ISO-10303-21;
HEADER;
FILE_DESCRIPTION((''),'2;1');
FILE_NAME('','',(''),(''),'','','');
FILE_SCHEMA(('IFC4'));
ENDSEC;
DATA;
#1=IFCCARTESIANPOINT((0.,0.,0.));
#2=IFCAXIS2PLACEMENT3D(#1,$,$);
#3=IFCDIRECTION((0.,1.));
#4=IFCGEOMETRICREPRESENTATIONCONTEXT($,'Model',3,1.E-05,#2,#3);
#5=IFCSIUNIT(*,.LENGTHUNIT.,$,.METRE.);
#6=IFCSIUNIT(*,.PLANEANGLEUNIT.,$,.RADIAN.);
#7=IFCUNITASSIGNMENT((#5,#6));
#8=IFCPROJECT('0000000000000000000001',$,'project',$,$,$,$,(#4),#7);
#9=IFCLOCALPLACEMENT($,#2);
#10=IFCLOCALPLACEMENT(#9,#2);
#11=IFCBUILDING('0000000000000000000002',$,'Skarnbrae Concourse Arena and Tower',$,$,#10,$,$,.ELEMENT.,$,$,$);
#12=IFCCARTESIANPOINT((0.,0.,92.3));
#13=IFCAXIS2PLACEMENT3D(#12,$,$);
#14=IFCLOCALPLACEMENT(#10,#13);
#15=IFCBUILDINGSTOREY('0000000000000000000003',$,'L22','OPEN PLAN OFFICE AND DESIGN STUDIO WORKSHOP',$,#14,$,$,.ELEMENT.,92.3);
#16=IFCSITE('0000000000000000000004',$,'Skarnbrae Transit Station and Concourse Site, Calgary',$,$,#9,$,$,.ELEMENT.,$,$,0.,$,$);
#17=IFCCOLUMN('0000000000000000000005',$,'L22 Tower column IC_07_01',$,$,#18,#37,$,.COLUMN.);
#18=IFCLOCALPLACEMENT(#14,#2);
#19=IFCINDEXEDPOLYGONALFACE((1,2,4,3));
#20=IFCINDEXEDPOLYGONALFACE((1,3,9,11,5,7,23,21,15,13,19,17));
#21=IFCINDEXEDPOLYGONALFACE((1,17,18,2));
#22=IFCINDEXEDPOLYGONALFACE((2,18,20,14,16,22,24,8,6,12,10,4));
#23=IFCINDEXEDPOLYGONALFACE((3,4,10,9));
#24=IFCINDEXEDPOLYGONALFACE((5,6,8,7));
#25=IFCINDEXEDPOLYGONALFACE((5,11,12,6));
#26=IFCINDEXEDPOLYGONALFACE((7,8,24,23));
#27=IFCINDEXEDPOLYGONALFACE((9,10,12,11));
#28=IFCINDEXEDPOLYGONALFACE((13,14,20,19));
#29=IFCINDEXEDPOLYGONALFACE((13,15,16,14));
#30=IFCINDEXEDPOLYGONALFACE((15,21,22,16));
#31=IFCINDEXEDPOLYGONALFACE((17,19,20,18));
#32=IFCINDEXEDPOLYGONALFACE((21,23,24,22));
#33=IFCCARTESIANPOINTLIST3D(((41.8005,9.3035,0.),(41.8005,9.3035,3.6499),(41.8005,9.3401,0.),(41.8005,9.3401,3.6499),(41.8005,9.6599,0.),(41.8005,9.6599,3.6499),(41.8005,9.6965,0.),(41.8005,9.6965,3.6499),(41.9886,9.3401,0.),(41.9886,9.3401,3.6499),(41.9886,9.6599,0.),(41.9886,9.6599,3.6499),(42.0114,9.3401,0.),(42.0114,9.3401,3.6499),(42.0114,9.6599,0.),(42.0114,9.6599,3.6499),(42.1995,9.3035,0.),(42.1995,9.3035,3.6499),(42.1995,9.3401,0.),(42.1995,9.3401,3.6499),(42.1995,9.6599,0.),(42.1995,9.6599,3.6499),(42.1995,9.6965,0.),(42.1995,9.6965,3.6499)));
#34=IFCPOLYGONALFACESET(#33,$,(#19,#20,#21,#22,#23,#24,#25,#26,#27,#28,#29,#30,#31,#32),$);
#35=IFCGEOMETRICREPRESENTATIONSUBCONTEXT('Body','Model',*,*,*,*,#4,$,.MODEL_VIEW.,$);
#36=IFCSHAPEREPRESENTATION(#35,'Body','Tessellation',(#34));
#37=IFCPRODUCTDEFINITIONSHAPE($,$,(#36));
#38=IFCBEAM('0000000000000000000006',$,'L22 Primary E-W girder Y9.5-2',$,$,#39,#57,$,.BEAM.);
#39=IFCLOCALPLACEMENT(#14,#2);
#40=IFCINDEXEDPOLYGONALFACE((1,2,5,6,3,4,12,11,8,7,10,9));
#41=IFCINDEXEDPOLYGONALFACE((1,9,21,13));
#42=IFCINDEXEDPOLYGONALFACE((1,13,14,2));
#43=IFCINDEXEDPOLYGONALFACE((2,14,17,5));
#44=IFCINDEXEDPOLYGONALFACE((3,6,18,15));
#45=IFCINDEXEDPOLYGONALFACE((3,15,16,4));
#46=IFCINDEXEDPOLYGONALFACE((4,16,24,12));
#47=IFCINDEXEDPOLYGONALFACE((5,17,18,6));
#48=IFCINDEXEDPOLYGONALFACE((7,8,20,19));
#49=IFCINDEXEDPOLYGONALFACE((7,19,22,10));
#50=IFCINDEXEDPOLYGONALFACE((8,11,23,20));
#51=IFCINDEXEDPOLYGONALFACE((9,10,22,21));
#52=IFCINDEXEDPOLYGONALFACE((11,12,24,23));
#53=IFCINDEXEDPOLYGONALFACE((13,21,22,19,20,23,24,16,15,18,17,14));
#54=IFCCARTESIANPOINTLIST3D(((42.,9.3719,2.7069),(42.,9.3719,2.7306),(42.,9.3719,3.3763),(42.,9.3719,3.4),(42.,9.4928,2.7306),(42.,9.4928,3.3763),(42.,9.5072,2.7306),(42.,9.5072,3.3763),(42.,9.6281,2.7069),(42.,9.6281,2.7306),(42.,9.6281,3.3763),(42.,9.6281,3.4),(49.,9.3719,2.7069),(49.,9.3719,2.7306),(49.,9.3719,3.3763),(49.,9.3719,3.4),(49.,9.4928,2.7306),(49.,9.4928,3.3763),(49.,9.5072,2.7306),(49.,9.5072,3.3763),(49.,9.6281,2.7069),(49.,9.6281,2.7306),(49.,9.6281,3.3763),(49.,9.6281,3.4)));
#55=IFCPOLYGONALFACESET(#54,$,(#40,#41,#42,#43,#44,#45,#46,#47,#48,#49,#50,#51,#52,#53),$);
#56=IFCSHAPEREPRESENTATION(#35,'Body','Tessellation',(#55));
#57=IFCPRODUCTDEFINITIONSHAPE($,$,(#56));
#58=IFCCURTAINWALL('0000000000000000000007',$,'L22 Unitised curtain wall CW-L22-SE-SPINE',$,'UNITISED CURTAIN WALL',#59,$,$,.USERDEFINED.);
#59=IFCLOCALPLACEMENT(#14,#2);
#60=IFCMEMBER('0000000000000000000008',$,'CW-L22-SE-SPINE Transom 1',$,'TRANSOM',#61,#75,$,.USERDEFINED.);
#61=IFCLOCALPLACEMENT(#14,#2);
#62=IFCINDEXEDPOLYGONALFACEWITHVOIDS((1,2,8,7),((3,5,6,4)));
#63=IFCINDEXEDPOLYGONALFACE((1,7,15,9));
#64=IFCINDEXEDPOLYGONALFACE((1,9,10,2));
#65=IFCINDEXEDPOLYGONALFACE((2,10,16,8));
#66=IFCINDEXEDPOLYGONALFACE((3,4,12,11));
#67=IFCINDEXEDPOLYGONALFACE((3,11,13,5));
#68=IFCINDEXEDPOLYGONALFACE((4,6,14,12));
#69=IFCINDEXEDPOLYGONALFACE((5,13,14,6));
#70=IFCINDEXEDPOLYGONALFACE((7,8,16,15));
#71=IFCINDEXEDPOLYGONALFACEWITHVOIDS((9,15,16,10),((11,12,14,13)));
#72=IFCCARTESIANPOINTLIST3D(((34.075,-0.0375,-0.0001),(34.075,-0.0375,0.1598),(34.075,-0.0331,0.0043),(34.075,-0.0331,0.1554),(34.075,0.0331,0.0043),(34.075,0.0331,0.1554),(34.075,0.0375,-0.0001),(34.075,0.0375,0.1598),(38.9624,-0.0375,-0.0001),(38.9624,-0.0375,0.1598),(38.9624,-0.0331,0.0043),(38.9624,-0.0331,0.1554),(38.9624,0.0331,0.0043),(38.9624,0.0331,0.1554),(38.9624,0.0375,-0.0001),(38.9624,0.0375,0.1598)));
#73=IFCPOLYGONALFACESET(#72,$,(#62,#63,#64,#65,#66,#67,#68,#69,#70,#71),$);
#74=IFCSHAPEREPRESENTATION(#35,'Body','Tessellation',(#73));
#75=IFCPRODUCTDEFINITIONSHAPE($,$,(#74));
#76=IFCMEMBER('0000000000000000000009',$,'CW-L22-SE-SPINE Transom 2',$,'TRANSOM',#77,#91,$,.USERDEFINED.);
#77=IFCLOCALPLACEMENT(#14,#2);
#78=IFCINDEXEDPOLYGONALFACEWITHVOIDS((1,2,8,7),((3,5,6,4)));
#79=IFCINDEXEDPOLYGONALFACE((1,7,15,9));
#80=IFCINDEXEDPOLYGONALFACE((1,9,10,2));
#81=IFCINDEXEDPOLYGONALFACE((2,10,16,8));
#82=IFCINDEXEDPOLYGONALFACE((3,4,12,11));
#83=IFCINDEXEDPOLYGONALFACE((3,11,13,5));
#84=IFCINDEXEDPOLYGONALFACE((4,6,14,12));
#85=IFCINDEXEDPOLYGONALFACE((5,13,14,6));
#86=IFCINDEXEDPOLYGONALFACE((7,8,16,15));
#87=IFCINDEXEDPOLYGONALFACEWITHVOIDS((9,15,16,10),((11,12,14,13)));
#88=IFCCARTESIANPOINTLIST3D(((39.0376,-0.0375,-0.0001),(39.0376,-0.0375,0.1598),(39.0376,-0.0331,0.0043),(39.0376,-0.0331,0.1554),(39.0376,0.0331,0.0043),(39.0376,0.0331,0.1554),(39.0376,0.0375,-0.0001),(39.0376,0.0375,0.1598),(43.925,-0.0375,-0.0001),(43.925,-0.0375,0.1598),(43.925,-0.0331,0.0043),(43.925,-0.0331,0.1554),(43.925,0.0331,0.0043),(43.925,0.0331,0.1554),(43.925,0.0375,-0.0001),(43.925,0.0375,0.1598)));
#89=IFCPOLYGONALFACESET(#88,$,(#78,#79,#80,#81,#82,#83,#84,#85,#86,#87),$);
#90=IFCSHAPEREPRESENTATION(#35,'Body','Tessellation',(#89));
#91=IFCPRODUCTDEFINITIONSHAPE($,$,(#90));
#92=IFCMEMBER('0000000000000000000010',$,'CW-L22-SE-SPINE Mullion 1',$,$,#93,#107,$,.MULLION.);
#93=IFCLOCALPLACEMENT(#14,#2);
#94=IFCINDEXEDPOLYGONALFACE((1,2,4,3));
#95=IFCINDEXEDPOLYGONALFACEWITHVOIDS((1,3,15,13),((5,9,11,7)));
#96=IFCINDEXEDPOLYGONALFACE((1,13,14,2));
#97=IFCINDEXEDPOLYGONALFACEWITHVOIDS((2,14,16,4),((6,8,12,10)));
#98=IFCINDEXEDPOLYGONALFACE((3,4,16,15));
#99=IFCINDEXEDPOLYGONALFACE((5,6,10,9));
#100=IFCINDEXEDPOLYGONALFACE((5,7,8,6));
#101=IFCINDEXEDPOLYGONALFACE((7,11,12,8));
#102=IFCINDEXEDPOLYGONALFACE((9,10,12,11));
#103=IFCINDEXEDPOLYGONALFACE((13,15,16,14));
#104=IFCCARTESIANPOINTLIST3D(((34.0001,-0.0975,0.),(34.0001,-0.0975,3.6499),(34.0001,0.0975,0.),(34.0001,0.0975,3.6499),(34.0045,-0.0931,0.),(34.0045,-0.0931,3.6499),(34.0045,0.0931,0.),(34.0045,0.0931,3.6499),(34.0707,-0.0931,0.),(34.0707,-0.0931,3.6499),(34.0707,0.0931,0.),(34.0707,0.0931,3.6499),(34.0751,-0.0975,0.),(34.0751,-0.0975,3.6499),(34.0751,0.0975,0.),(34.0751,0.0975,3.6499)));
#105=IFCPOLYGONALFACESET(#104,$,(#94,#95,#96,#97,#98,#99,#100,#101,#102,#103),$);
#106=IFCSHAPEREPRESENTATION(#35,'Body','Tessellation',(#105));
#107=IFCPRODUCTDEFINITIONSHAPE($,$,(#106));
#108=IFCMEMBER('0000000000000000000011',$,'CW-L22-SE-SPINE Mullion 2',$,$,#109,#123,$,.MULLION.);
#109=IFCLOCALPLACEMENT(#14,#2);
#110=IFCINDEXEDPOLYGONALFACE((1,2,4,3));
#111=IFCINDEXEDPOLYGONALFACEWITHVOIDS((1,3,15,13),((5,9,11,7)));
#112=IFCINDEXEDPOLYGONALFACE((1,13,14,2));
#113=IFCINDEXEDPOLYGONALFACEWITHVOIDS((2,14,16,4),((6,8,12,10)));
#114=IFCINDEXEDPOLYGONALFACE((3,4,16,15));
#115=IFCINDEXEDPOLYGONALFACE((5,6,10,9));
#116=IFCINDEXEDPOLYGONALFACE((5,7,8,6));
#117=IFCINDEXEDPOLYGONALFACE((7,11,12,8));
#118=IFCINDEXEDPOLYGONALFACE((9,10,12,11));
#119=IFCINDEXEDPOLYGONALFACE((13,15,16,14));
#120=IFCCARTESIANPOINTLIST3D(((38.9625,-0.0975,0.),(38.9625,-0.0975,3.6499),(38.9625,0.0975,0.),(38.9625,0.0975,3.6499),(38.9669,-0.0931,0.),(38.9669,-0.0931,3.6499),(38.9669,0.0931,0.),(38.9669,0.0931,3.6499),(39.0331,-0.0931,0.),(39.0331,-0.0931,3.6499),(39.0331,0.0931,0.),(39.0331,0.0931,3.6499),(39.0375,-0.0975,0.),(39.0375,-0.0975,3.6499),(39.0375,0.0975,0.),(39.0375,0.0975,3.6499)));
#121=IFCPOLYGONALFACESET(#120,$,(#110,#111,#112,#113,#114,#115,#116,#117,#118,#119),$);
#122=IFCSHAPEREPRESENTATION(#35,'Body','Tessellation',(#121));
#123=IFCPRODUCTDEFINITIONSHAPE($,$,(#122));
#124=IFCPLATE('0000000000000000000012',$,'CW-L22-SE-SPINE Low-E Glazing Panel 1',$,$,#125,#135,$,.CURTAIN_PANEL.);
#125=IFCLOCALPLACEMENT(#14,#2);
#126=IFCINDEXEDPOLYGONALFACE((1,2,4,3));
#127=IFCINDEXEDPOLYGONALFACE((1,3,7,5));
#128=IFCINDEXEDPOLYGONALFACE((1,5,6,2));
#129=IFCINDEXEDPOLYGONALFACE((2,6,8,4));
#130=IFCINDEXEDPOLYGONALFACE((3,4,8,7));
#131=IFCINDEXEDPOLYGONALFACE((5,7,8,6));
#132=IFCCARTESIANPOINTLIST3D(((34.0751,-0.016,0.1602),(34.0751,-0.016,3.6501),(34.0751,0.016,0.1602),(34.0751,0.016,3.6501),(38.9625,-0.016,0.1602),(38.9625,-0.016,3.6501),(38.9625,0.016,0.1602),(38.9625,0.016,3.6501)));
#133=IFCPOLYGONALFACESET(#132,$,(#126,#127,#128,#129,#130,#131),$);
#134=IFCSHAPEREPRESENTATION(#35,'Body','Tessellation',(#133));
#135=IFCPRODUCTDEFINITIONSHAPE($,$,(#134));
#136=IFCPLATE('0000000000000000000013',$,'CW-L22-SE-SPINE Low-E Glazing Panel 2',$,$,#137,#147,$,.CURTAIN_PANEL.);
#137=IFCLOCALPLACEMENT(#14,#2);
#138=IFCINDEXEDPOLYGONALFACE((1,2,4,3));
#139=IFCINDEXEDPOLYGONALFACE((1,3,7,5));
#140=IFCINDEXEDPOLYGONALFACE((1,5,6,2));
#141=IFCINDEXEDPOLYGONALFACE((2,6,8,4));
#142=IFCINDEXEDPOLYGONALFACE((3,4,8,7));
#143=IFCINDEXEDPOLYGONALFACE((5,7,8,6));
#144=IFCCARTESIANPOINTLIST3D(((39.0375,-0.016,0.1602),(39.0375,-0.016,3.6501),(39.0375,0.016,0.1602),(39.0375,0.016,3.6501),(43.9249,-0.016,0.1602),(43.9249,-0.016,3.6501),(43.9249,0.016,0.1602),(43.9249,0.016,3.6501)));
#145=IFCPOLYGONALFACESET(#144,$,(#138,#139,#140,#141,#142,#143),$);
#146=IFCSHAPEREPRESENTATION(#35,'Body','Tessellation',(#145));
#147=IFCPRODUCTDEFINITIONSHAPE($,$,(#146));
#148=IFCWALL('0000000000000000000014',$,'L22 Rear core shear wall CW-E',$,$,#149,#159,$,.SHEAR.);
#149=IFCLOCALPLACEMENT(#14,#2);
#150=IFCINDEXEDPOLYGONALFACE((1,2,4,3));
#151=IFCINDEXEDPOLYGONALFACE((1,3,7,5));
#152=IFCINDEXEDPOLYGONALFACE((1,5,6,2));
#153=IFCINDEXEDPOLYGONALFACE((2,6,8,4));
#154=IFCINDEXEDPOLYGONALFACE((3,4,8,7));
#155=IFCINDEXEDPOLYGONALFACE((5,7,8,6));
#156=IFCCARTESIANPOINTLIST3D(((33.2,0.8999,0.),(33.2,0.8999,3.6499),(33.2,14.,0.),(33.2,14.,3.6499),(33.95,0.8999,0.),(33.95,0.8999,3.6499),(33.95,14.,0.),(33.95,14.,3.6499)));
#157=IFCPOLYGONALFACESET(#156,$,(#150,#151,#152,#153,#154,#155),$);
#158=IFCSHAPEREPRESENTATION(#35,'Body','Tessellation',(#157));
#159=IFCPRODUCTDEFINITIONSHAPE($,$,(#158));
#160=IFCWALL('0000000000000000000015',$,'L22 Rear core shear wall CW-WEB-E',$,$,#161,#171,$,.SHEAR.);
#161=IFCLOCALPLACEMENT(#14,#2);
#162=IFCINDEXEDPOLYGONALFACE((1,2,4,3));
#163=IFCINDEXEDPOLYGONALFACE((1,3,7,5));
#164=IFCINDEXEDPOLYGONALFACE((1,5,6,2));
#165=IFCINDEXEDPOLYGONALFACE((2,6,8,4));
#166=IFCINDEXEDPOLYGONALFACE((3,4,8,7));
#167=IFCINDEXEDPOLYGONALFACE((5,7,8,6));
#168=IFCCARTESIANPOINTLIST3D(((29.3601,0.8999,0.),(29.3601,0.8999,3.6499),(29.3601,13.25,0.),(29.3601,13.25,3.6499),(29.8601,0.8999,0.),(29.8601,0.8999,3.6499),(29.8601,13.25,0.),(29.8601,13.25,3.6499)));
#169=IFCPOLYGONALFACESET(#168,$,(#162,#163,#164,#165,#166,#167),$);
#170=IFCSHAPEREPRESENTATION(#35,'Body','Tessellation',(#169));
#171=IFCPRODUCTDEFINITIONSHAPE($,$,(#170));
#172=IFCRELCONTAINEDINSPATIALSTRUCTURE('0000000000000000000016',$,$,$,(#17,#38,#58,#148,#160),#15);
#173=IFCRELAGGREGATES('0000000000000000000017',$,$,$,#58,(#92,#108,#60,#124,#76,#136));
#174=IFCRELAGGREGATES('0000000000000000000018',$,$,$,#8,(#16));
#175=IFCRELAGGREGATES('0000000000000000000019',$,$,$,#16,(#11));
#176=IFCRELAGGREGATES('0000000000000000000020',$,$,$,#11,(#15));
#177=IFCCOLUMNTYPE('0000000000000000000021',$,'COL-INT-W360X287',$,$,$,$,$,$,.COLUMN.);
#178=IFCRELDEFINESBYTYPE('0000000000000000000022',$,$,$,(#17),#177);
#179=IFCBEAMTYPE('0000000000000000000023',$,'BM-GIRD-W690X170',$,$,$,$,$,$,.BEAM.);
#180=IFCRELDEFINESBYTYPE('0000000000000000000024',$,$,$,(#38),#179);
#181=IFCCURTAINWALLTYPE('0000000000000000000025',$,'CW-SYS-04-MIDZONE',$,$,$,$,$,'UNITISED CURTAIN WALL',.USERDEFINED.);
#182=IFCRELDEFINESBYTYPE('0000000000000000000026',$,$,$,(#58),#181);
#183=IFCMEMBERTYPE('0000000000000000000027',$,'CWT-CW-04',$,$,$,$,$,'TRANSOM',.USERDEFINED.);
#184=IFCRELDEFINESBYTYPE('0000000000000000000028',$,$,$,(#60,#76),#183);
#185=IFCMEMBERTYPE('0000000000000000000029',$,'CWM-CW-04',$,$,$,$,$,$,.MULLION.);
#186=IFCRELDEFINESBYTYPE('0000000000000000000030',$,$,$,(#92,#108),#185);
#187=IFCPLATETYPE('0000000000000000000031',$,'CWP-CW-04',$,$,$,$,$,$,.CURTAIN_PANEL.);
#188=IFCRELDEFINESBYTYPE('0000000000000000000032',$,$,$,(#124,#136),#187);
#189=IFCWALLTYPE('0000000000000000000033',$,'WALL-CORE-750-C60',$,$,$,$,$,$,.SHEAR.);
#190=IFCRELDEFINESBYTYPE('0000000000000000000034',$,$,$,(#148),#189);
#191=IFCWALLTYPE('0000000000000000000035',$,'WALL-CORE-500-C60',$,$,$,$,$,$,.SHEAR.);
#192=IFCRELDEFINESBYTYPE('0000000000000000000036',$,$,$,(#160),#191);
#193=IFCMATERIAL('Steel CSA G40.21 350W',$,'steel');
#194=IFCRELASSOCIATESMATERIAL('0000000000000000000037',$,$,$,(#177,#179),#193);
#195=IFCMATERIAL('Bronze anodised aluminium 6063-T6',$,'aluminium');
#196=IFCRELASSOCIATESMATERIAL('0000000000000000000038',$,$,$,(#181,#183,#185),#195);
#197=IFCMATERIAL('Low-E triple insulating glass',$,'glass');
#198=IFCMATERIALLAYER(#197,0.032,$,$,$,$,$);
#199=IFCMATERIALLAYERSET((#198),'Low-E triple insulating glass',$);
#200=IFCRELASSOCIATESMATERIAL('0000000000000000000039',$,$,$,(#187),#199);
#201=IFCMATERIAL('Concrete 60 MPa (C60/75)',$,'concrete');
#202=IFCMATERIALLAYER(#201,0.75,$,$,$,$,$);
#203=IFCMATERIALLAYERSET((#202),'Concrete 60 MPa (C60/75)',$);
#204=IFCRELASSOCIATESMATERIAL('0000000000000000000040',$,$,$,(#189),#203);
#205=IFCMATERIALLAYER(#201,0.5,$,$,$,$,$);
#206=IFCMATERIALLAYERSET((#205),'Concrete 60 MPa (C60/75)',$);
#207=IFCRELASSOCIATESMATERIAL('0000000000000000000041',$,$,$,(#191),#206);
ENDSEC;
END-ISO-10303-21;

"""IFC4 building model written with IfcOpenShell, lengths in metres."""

from ifc_helpers import new_model, si_unit, direction, frame, frame_2d, origin, origin_2d, place, context, subcontext, project, spatial, rectangle, hollow_rectangle, i_section, extrude, source, transform, mapped, material, layer, layer_set, material_profile, profile_set, type_object, element, aggregate, save


model = new_model("IFC4")

# Units and contexts
model_context = context("Model", 3, precision=1e-05, world=origin(), true_north=direction((0.0, 1.0)))
body_context = subcontext(model_context, "Body", "Model", "MODEL_VIEW")
ifc_project = project(units=[si_unit("LENGTHUNIT", "METRE"), si_unit("PLANEANGLEUNIT", "RADIAN")], contexts=[model_context])

# Site, building, storey
site_placement = place(None, origin())
site = spatial("IfcSite", under=ifc_project, at=site_placement, Name="Skarnbrae Transit Station and Concourse Site, Calgary", CompositionType="ELEMENT", RefElevation=0.0)
building_placement = place(site_placement, origin())
building = spatial("IfcBuilding", under=site, at=building_placement, Name="Skarnbrae Concourse Arena and Tower", CompositionType="ELEMENT")
storey_placement = place(building_placement, frame((0.0, 0.0, 92.3)))
storey = spatial("IfcBuildingStorey", under=building, at=storey_placement, Name="L22", Description="OPEN PLAN OFFICE AND DESIGN STUDIO WORKSHOP", CompositionType="ELEMENT", Elevation=92.3)

# Column
ifc_material_1 = material(Name="Steel CSA G40.21 350W", Category="steel")
ifc_material_profile_1 = material_profile(ifc_material_1, i_section(OverallWidth=0.3989, OverallDepth=0.3931, WebThickness=0.0227, FlangeThickness=0.0366, at=origin_2d()), Name="W360X287")
ifc_profile_set_1 = profile_set([ifc_material_profile_1], Name="Steel CSA G40.21 350W")
column_type = type_object("IfcColumnType", Name="COL-INT-W360X287", PredefinedType="COLUMN", material=ifc_profile_set_1)
shared_shape_1 = source(origin(), body_context, "Body", "SweptSolid", [
    extrude(i_section(OverallWidth=0.3989, OverallDepth=0.3931, WebThickness=0.0227, FlangeThickness=0.0366, at=origin_2d()), origin(), (0.0, 0.0, 1.0), 3.6499),
])
column_placement = place(storey_placement, frame((42.0, 9.5, 0.0), z_axis=(0.0, 0.0, 1.0), x_axis=(1.0, 0.0, 0.0)))
element("IfcColumn", 1, at=column_placement, inside=storey, type_object=column_type, Name="L22 Tower column IC_07_01", PredefinedType="COLUMN", context=body_context, shape_type="MappedRepresentation", body=[
    mapped(shared_shape_1, transform((0.0, 0.0, 0.0))),
])

# Beam
ifc_material_profile_2 = material_profile(ifc_material_1, i_section(OverallWidth=0.2561, OverallDepth=0.6931, WebThickness=0.0144, FlangeThickness=0.0237, at=origin_2d()), Name="W690X170")
ifc_profile_set_2 = profile_set([ifc_material_profile_2], Name="Steel CSA G40.21 350W")
beam_type = type_object("IfcBeamType", Name="BM-GIRD-W690X170", PredefinedType="BEAM", material=ifc_profile_set_2)
shared_shape_2 = source(origin(), body_context, "Body", "SweptSolid", [
    extrude(i_section(OverallWidth=0.2561, OverallDepth=0.6931, WebThickness=0.0144, FlangeThickness=0.0237, at=origin_2d()), origin(), (0.0, 0.0, 1.0), 7.0),
])
beam_placement = place(storey_placement, frame((42.0, 9.5, 3.0535), z_axis=(1.0, 0.0, 0.0), x_axis=(0.0, 1.0, 0.0)))
element("IfcBeam", 2, at=beam_placement, inside=storey, type_object=beam_type, Name="L22 Primary E-W girder Y9.5-2", PredefinedType="BEAM", context=body_context, shape_type="MappedRepresentation", body=[
    mapped(shared_shape_2, transform((0.0, 0.0, 0.0))),
])

# Curtain wall, members, plates
ifc_material_2 = material(Name="Bronze anodised aluminium 6063-T6", Category="aluminium")
curtain_wall_type = type_object("IfcCurtainWallType", Name="CW-SYS-04-MIDZONE", ElementType="UNITISED CURTAIN WALL", PredefinedType="USERDEFINED", material=ifc_material_2)
curtain_wall_placement = place(storey_placement, origin())
curtain_wall = element("IfcCurtainWall", 3, at=curtain_wall_placement, inside=storey, type_object=curtain_wall_type, Name="L22 Unitised curtain wall CW-L22-SE-SPINE", ObjectType="UNITISED CURTAIN WALL", PredefinedType="USERDEFINED")
ifc_material_profile_3 = material_profile(ifc_material_2, hollow_rectangle(XDim=0.075, YDim=0.1599, WallThickness=0.0044, at=origin_2d()), Name="ALU-TRAN-75X160")
ifc_profile_set_3 = profile_set([ifc_material_profile_3], Name="Bronze anodised aluminium 6063-T6")
member_type_1 = type_object("IfcMemberType", Name="CWT-CW-04", ElementType="TRANSOM", PredefinedType="USERDEFINED", material=ifc_profile_set_3)
shared_shape_3 = source(origin(), body_context, "Body", "SweptSolid", [
    extrude(hollow_rectangle(XDim=0.075, YDim=0.1599, WallThickness=0.0044, at=origin_2d()), origin(), (0.0, 0.0, 1.0), 4.8875),
])
member_1_placement = place(storey_placement, frame((34.075, 0.0, 0.0798), z_axis=(1.0, 0.0, 0.0), x_axis=(0.0, 1.0, 0.0)))
member_1 = element("IfcMember", 4, at=member_1_placement, type_object=member_type_1, Name="CW-L22-SE-SPINE Transom 1", ObjectType="TRANSOM", PredefinedType="USERDEFINED", context=body_context, shape_type="MappedRepresentation", body=[
    mapped(shared_shape_3, transform((0.0, 0.0, 0.0))),
])
member_2_placement = place(storey_placement, frame((39.0376, 0.0, 0.0798), z_axis=(1.0, 0.0, 0.0), x_axis=(0.0, 1.0, 0.0)))
member_2 = element("IfcMember", 5, at=member_2_placement, type_object=member_type_1, Name="CW-L22-SE-SPINE Transom 2", ObjectType="TRANSOM", PredefinedType="USERDEFINED", context=body_context, shape_type="MappedRepresentation", body=[
    mapped(shared_shape_3, transform((0.0, 0.0, 0.0))),
])
ifc_material_profile_4 = material_profile(ifc_material_2, hollow_rectangle(XDim=0.075, YDim=0.1951, WallThickness=0.0044, at=origin_2d()), Name="ALU-MULL-75X195")
ifc_profile_set_4 = profile_set([ifc_material_profile_4], Name="Bronze anodised aluminium 6063-T6")
member_type_2 = type_object("IfcMemberType", Name="CWM-CW-04", PredefinedType="MULLION", material=ifc_profile_set_4)
shared_shape_4 = source(origin(), body_context, "Body", "SweptSolid", [
    extrude(hollow_rectangle(XDim=0.075, YDim=0.1951, WallThickness=0.0044, at=origin_2d()), origin(), (0.0, 0.0, 1.0), 3.6499),
])
member_3_placement = place(storey_placement, frame((34.0376, 0.0, 0.0), z_axis=(0.0, 0.0, 1.0), x_axis=(1.0, 0.0, 0.0)))
member_3 = element("IfcMember", 6, at=member_3_placement, type_object=member_type_2, Name="CW-L22-SE-SPINE Mullion 1", PredefinedType="MULLION", context=body_context, shape_type="MappedRepresentation", body=[
    mapped(shared_shape_4, transform((0.0, 0.0, 0.0))),
])
member_4_placement = place(storey_placement, frame((39.0, 0.0, 0.0), z_axis=(0.0, 0.0, 1.0), x_axis=(1.0, 0.0, 0.0)))
member_4 = element("IfcMember", 7, at=member_4_placement, type_object=member_type_2, Name="CW-L22-SE-SPINE Mullion 2", PredefinedType="MULLION", context=body_context, shape_type="MappedRepresentation", body=[
    mapped(shared_shape_4, transform((0.0, 0.0, 0.0))),
])
ifc_material_3 = material(Name="Low-E triple insulating glass", Category="glass")
ifc_layer_1 = layer(ifc_material_3, 0.032)
ifc_layer_set_1 = layer_set([ifc_layer_1], Name="Low-E triple insulating glass")
plate_type = type_object("IfcPlateType", Name="CWP-CW-04", PredefinedType="CURTAIN_PANEL", material=ifc_layer_set_1)
shared_shape_5 = source(origin(), body_context, "Body", "SweptSolid", [
    extrude(rectangle(XDim=4.8875, YDim=0.032, at=origin_2d()), origin(), (0.0, 0.0, 1.0), 3.49),
])
plate_1_placement = place(storey_placement, frame((36.5188, 0.0, 0.1602), z_axis=(0.0, 0.0, 1.0), x_axis=(1.0, 0.0, 0.0)))
plate_1 = element("IfcPlate", 8, at=plate_1_placement, type_object=plate_type, Name="CW-L22-SE-SPINE Low-E Glazing Panel 1", PredefinedType="CURTAIN_PANEL", context=body_context, shape_type="MappedRepresentation", body=[
    mapped(shared_shape_5, transform((0.0, 0.0, 0.0))),
])
plate_2_placement = place(storey_placement, frame((41.4812, 0.0, 0.1602), z_axis=(0.0, 0.0, 1.0), x_axis=(1.0, 0.0, 0.0)))
plate_2 = element("IfcPlate", 9, at=plate_2_placement, type_object=plate_type, Name="CW-L22-SE-SPINE Low-E Glazing Panel 2", PredefinedType="CURTAIN_PANEL", context=body_context, shape_type="MappedRepresentation", body=[
    mapped(shared_shape_5, transform((0.0, 0.0, 0.0))),
])
aggregate(curtain_wall, [member_3, member_4, member_1, plate_1, member_2, plate_2])

# Walls
ifc_material_4 = material(Name="Concrete 60 MPa (C60/75)", Category="concrete")
ifc_layer_2 = layer(ifc_material_4, 0.75)
ifc_layer_set_2 = layer_set([ifc_layer_2], Name="Concrete 60 MPa (C60/75)")
wall_type_1 = type_object("IfcWallType", Name="WALL-CORE-750-C60", PredefinedType="SHEAR", material=ifc_layer_set_2)
shared_shape_6 = source(origin(), body_context, "Body", "SweptSolid", [
    extrude(rectangle(XDim=13.1001, YDim=0.75, at=frame_2d((6.55, 0.0))), origin(), (0.0, 0.0, 1.0), 3.6499),
])
wall_1_placement = place(storey_placement, frame((33.575, 0.8999, 0.0), z_axis=(0.0, 0.0, 1.0), x_axis=(0.0, 1.0, 0.0)))
element("IfcWall", 10, at=wall_1_placement, inside=storey, type_object=wall_type_1, Name="L22 Rear core shear wall CW-E", PredefinedType="SHEAR", context=body_context, shape_type="MappedRepresentation", body=[
    mapped(shared_shape_6, transform((0.0, 0.0, 0.0))),
])
ifc_layer_3 = layer(ifc_material_4, 0.5)
ifc_layer_set_3 = layer_set([ifc_layer_3], Name="Concrete 60 MPa (C60/75)")
wall_type_2 = type_object("IfcWallType", Name="WALL-CORE-500-C60", PredefinedType="SHEAR", material=ifc_layer_set_3)
shared_shape_7 = source(origin(), body_context, "Body", "SweptSolid", [
    extrude(rectangle(XDim=12.3501, YDim=0.5, at=frame_2d((6.175, 0.0))), origin(), (0.0, 0.0, 1.0), 3.6499),
])
wall_2_placement = place(storey_placement, frame((29.6101, 0.8999, 0.0), z_axis=(0.0, 0.0, 1.0), x_axis=(0.0, 1.0, 0.0)))
element("IfcWall", 11, at=wall_2_placement, inside=storey, type_object=wall_type_2, Name="L22 Rear core shear wall CW-WEB-E", PredefinedType="SHEAR", context=body_context, shape_type="MappedRepresentation", body=[
    mapped(shared_shape_7, transform((0.0, 0.0, 0.0))),
])

save(model, "model.ifc")
